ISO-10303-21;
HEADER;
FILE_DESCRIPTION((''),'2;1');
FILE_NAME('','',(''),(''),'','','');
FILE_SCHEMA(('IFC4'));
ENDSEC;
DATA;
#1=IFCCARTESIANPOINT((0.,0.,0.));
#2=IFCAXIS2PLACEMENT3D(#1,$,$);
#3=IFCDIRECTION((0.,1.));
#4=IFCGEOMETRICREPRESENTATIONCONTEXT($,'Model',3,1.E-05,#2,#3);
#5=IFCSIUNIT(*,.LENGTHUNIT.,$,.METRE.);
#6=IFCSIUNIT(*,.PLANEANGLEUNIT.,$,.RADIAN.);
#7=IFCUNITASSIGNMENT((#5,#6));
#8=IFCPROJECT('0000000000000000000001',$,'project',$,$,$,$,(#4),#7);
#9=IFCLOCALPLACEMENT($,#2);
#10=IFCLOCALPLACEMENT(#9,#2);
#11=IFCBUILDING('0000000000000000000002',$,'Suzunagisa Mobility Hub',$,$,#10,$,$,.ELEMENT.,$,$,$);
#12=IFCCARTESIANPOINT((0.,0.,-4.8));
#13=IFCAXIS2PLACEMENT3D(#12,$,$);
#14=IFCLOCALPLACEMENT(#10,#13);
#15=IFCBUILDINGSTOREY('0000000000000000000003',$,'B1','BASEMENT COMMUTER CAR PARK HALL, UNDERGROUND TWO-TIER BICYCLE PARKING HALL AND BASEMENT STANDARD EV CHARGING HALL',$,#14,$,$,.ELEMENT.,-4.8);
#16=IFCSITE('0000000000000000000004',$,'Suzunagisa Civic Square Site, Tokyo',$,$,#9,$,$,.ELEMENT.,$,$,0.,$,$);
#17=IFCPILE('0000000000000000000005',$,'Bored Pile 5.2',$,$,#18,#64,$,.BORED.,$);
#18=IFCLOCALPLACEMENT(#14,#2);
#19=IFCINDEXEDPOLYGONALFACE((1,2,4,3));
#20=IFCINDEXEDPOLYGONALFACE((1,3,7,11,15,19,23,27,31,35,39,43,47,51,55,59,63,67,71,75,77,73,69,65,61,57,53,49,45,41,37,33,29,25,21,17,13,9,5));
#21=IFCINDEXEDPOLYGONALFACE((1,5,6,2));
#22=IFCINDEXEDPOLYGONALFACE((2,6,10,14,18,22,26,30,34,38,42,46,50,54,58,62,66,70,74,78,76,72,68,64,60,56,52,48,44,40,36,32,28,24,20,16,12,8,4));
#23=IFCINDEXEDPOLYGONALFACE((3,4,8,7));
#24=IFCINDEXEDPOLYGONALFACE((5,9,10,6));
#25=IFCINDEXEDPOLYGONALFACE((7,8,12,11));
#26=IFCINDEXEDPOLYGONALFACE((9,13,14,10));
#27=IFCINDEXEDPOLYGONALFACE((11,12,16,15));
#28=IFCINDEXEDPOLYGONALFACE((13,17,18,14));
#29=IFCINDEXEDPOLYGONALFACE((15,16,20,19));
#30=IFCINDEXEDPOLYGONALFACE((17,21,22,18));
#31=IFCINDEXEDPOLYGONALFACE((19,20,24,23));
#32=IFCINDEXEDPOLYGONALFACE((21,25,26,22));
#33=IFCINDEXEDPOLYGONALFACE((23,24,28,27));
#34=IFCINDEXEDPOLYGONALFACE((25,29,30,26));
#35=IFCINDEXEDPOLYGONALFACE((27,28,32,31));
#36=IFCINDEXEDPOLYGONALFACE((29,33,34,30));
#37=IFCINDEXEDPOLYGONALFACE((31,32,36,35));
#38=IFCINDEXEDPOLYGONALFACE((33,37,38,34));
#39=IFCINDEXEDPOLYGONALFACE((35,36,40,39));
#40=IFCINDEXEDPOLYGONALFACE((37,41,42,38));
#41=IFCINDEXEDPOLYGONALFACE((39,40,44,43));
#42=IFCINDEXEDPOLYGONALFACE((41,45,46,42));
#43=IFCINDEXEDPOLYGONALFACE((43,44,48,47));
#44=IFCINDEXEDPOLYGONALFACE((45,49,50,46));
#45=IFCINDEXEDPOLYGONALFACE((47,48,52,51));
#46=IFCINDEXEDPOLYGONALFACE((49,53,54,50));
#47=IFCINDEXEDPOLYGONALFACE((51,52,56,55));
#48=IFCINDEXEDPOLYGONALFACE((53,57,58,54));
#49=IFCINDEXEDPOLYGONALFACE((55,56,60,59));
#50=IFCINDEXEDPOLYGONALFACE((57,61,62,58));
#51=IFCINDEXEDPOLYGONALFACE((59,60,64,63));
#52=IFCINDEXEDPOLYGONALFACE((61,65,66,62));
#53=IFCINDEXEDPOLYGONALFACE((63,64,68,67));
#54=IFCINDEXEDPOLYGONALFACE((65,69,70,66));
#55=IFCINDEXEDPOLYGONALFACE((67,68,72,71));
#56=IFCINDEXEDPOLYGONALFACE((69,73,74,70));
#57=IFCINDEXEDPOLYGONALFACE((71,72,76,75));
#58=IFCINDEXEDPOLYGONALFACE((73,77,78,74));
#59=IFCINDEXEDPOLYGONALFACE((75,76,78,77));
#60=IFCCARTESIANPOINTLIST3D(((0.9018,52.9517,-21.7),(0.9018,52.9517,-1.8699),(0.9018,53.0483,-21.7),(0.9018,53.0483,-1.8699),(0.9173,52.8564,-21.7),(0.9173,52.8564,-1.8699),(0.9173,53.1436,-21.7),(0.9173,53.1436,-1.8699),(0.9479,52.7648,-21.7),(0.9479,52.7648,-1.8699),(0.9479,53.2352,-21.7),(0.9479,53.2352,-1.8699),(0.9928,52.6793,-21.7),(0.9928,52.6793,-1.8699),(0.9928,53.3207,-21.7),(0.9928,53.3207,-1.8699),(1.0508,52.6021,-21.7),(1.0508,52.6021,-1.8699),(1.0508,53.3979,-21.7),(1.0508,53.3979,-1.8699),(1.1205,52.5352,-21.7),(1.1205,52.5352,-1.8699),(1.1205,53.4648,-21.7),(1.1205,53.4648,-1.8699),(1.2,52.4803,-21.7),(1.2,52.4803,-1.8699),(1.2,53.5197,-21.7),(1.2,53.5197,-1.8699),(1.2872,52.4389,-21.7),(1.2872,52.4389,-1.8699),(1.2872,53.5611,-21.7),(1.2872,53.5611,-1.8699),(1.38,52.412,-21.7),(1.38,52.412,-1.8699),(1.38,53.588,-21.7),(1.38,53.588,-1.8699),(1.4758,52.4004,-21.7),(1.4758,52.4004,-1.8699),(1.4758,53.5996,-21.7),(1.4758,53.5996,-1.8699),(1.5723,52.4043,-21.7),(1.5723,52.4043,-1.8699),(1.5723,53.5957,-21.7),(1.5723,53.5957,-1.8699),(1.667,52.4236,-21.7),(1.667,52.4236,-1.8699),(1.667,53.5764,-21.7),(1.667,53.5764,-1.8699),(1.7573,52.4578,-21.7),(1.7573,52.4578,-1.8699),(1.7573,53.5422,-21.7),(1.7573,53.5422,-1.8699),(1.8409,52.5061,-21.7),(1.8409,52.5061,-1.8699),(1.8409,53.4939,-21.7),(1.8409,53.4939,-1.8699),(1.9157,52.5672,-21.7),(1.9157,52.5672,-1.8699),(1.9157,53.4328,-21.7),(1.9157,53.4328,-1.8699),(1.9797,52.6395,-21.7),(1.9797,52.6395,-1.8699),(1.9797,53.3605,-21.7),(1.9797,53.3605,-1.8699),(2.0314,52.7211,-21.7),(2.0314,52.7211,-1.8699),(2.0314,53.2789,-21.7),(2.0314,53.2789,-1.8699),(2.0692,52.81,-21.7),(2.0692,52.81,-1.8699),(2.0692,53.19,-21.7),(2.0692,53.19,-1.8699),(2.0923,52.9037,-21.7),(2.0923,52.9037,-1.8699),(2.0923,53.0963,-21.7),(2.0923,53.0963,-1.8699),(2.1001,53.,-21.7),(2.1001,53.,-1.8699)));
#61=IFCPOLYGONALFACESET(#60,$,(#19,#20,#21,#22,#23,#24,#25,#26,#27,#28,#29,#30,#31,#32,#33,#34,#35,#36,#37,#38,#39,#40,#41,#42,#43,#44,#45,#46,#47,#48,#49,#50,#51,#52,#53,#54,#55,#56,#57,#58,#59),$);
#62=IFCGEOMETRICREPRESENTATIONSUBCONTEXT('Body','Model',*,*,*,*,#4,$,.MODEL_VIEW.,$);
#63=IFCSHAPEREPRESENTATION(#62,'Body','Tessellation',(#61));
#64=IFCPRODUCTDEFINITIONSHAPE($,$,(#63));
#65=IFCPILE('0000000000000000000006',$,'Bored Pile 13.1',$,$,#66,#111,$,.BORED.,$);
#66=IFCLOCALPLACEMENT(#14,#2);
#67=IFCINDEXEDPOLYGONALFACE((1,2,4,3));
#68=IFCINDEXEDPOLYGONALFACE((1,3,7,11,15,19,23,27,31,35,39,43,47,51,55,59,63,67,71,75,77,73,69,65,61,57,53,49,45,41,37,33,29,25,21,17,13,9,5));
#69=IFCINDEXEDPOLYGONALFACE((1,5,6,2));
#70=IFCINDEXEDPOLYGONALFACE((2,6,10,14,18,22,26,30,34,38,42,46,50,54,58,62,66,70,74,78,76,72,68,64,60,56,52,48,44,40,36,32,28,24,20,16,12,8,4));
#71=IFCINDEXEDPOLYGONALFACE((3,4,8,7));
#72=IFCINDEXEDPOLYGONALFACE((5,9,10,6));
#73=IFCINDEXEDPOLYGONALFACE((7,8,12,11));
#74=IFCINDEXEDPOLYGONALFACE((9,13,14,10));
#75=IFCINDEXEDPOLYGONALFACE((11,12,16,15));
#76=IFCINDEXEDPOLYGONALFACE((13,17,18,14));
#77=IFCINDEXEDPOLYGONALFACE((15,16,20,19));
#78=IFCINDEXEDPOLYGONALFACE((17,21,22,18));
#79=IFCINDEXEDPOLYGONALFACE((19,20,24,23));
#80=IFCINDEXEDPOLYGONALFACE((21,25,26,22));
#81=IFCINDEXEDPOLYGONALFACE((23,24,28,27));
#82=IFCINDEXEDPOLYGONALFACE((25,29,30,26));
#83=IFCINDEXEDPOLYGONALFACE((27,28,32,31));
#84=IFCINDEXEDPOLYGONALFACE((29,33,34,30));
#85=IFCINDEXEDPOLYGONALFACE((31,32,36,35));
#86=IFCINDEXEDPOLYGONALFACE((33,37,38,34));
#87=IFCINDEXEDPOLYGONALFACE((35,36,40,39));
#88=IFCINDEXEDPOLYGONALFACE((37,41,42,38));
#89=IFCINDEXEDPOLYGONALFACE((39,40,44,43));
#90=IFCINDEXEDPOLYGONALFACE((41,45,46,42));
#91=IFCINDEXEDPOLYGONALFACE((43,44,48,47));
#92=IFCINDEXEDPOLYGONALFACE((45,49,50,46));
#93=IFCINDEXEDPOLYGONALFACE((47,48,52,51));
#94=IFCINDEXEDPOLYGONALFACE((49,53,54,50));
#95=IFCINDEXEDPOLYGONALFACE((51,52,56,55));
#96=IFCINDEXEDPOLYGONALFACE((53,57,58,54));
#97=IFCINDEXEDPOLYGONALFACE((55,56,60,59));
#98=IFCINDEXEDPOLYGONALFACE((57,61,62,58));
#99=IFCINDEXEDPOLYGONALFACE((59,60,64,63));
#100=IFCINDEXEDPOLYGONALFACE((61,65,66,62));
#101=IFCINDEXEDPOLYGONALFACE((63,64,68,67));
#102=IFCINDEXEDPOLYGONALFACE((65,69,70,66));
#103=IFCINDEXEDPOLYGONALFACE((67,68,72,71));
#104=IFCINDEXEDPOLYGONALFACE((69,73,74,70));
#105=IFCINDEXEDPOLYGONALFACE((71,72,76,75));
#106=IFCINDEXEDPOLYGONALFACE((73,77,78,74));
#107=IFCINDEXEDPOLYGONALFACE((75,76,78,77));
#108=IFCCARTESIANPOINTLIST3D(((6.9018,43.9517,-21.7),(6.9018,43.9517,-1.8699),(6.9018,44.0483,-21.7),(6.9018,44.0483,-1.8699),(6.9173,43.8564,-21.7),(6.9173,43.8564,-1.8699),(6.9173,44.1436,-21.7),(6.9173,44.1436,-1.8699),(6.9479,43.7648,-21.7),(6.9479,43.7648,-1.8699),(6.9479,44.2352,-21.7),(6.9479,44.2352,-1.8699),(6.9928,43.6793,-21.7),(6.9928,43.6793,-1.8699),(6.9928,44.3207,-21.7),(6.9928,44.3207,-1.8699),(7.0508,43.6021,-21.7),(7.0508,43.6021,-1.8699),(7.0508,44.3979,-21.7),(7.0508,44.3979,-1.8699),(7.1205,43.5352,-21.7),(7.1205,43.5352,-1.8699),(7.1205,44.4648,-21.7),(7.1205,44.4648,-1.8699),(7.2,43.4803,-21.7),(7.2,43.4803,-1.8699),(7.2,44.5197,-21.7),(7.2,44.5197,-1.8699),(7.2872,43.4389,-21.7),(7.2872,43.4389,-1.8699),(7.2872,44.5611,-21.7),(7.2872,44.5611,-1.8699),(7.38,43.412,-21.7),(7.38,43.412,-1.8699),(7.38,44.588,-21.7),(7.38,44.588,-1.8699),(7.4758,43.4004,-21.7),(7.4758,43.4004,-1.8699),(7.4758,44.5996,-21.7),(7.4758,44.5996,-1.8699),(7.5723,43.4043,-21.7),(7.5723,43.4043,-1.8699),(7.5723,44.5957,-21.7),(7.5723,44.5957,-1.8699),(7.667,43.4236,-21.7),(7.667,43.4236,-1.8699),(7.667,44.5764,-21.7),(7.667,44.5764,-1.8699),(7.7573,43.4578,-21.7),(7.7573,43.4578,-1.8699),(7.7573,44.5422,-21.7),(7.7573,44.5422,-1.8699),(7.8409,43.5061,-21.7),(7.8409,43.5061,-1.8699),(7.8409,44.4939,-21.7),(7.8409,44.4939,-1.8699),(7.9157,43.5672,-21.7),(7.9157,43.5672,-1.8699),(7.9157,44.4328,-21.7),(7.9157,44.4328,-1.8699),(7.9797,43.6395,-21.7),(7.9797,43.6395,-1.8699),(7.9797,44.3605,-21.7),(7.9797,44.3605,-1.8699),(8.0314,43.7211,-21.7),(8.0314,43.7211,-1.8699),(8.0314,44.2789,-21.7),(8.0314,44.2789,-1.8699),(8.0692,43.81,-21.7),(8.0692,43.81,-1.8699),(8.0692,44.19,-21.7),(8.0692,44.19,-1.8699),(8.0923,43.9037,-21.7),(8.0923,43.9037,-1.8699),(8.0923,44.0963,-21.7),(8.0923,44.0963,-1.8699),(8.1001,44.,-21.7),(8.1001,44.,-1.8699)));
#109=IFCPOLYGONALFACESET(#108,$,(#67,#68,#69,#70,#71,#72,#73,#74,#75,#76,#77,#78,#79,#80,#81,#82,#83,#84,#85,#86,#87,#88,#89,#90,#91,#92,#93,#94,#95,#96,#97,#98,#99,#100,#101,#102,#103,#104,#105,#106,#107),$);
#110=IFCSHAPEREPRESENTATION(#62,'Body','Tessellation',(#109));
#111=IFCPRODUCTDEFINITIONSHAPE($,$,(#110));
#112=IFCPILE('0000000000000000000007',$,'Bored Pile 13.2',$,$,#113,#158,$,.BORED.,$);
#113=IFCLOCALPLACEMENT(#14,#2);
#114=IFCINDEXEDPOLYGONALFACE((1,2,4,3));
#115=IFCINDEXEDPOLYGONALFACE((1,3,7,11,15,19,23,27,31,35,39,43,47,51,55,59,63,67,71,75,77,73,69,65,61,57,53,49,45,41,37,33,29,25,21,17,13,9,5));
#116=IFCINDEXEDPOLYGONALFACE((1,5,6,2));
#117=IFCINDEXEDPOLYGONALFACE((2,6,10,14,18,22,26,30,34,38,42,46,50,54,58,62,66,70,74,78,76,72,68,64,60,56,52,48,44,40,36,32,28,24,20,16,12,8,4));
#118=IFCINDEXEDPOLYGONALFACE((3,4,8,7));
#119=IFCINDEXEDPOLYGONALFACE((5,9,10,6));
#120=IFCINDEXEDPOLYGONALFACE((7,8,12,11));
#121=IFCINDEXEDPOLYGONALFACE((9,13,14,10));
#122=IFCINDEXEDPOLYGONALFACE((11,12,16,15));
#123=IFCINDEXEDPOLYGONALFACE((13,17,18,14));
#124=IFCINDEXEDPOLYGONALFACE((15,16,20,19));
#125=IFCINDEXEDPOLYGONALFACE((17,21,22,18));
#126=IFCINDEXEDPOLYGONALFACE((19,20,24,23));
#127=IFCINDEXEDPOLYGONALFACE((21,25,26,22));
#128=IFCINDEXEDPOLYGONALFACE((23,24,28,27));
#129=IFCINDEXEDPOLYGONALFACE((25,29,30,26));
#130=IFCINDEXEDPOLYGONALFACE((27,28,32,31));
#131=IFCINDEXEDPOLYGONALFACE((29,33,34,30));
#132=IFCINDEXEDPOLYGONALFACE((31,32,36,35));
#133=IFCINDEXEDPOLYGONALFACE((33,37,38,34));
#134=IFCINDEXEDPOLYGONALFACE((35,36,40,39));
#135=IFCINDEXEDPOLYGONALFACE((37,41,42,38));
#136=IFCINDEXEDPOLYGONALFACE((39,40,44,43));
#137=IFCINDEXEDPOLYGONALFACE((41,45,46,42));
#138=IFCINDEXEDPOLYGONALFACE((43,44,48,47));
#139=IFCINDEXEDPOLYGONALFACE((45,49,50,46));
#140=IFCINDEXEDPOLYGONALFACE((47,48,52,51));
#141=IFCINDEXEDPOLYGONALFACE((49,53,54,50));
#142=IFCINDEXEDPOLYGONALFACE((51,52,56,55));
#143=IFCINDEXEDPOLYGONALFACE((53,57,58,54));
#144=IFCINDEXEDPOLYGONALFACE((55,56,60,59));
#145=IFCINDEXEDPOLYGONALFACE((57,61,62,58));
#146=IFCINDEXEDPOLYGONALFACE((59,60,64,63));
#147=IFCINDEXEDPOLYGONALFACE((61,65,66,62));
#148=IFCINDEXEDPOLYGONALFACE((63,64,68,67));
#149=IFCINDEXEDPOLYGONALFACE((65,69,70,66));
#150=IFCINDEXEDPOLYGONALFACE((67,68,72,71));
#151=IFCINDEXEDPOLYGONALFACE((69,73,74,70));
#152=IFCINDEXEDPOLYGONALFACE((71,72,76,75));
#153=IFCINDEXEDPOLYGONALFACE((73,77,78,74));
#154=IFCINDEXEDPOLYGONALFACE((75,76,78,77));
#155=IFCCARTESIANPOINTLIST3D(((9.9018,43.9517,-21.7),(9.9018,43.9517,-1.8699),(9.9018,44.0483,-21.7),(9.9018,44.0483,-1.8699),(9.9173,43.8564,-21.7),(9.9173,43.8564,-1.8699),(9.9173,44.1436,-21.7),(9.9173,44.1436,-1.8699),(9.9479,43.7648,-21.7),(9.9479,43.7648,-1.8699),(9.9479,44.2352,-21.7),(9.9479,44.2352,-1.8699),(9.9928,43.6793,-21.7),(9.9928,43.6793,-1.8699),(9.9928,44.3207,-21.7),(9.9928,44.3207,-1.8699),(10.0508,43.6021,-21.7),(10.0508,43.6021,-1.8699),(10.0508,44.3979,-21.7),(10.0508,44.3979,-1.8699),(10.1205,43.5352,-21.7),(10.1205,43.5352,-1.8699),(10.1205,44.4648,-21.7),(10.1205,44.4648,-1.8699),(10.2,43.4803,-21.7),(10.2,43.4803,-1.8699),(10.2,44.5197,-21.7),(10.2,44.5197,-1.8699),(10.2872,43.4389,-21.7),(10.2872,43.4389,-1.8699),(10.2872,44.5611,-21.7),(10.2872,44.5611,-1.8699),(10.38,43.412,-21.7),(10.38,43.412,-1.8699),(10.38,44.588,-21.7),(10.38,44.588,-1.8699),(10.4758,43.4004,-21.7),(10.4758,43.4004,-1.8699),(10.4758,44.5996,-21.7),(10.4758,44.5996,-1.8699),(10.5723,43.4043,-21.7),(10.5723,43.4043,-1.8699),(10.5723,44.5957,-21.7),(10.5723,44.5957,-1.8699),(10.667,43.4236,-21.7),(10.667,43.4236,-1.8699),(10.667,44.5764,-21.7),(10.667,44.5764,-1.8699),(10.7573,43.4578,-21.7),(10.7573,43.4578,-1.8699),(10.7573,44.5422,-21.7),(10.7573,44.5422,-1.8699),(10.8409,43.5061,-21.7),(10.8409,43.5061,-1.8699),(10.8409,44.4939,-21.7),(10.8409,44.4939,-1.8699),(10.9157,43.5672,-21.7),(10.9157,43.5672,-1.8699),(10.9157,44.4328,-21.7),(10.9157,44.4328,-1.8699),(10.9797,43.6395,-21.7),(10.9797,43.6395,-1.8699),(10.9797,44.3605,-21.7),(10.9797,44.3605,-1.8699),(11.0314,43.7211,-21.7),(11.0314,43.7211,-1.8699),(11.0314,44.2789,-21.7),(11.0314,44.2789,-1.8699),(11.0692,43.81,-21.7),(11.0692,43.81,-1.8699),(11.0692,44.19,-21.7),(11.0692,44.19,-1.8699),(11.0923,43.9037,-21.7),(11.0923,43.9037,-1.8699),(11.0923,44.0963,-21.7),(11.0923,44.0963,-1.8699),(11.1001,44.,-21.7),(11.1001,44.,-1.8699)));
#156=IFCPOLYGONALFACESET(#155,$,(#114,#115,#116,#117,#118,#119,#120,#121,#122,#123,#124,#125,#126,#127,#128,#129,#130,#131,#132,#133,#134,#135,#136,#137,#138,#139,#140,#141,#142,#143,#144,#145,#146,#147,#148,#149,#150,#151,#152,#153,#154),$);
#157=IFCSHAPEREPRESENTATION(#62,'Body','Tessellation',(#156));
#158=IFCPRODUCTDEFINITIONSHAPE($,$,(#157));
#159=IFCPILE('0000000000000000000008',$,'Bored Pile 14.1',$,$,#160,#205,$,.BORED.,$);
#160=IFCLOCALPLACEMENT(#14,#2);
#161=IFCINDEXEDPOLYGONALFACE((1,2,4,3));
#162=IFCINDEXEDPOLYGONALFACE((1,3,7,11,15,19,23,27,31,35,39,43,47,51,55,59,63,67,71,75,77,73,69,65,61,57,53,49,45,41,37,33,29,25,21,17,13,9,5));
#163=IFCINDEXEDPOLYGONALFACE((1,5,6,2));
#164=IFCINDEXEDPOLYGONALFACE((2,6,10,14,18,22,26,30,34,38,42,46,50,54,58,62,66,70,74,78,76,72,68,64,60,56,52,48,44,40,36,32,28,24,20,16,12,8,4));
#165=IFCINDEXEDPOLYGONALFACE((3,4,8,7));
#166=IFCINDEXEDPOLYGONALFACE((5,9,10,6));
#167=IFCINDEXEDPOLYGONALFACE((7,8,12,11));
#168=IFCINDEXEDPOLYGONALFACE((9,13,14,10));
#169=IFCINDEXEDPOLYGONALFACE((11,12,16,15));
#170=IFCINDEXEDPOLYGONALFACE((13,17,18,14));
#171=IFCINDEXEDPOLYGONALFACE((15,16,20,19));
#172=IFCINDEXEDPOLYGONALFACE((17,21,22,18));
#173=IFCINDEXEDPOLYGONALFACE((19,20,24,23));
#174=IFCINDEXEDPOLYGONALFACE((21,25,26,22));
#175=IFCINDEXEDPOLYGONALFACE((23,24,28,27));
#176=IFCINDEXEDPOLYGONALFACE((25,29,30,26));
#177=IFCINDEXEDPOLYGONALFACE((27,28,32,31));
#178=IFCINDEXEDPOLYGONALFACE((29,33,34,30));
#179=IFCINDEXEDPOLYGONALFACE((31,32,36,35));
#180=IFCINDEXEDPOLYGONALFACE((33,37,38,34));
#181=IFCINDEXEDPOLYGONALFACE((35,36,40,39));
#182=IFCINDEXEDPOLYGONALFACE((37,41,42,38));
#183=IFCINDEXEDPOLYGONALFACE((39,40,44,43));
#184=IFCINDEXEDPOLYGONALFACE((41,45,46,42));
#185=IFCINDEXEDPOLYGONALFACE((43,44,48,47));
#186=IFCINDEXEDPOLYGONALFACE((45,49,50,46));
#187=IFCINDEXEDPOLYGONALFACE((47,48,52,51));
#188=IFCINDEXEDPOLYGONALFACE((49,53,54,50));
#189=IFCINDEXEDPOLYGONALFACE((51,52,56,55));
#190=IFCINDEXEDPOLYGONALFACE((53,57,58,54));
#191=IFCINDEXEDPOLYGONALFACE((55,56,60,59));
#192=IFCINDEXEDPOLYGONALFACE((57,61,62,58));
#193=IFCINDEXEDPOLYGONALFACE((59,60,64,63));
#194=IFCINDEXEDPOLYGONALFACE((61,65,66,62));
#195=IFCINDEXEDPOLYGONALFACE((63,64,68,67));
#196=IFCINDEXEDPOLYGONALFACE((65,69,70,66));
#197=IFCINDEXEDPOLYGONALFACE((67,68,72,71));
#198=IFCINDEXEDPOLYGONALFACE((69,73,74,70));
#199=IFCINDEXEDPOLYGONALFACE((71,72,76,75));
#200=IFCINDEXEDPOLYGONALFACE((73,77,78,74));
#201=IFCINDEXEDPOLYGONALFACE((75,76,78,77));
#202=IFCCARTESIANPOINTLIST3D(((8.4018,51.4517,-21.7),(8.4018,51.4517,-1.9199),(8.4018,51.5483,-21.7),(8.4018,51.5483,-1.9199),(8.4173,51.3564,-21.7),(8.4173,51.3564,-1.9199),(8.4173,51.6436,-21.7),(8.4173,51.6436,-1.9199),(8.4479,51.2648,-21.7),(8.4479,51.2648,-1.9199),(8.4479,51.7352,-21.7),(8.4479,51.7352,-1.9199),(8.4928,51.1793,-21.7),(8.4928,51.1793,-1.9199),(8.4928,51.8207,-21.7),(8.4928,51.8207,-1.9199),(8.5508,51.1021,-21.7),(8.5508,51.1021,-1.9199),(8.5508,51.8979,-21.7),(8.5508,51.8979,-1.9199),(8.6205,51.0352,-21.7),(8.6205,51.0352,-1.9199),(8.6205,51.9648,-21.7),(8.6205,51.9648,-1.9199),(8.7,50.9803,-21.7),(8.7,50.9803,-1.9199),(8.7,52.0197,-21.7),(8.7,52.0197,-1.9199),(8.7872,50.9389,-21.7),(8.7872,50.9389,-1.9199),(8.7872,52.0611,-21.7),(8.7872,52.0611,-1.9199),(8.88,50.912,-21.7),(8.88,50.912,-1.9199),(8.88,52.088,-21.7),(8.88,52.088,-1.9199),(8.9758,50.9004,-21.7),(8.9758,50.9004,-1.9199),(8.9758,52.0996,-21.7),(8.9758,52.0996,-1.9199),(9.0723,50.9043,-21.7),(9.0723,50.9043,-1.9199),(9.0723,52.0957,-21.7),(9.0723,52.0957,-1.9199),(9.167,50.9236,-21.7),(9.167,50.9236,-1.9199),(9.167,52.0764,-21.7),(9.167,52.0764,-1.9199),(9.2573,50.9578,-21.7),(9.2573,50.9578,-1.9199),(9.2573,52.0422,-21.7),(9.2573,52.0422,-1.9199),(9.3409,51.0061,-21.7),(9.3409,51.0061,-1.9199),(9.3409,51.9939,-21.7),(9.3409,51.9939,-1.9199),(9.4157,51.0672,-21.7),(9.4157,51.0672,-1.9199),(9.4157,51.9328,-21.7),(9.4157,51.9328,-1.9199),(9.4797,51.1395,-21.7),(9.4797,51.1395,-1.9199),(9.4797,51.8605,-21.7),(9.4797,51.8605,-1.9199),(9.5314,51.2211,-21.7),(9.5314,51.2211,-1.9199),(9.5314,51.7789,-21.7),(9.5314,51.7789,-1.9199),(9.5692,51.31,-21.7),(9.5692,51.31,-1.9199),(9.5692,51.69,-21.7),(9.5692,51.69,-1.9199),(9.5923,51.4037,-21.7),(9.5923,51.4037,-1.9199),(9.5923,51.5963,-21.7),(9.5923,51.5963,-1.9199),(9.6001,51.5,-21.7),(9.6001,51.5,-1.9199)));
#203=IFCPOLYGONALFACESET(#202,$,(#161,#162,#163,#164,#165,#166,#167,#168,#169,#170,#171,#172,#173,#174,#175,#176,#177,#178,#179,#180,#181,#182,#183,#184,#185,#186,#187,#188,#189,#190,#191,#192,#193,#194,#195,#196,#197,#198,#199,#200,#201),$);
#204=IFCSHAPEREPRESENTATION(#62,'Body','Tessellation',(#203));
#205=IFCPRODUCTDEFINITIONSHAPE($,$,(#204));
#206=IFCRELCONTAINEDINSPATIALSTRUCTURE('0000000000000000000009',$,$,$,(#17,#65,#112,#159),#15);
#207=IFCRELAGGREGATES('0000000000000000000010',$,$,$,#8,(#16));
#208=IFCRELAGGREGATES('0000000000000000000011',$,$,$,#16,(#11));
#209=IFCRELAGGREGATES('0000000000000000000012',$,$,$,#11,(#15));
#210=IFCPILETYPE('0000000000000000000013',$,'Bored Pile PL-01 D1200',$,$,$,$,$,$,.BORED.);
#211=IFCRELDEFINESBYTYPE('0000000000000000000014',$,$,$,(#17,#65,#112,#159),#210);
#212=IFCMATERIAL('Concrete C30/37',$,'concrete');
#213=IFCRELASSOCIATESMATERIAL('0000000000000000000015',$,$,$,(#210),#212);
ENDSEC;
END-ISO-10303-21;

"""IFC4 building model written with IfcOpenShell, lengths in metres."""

from ifc_helpers import new_model, si_unit, direction, frame, origin, origin_2d, place, context, subcontext, project, spatial, circle, extrude, material, material_profile, profile_set, type_object, element, save


model = new_model("IFC4")

# Units and contexts
model_context = context("Model", 3, precision=1e-05, world=origin(), true_north=direction((0.0, 1.0)))
body_context = subcontext(model_context, "Body", "Model", "MODEL_VIEW")
ifc_project = project(units=[si_unit("LENGTHUNIT", "METRE"), si_unit("PLANEANGLEUNIT", "RADIAN")], contexts=[model_context])

# Site, building, storey
site_placement = place(None, origin())
site = spatial("IfcSite", under=ifc_project, at=site_placement, Name="Suzunagisa Civic Square Site, Tokyo", CompositionType="ELEMENT", RefElevation=0.0)
building_placement = place(site_placement, origin())
building = spatial("IfcBuilding", under=site, at=building_placement, Name="Suzunagisa Mobility Hub", CompositionType="ELEMENT")
storey_placement = place(building_placement, frame((0.0, 0.0, -4.8)))
storey = spatial("IfcBuildingStorey", under=building, at=storey_placement, Name="B1", Description="BASEMENT COMMUTER CAR PARK HALL, UNDERGROUND TWO-TIER BICYCLE PARKING HALL AND BASEMENT STANDARD EV CHARGING HALL", CompositionType="ELEMENT", Elevation=-4.8)

# Piles
ifc_material_1 = material(Name="Concrete C30/37", Category="concrete")
ifc_material_profile_1 = material_profile(ifc_material_1, circle(Radius=0.6001, at=origin_2d()), Name="BORED PILE D1200")
ifc_profile_set_1 = profile_set([ifc_material_profile_1], Name="Concrete C30/37")
pile_type = type_object("IfcPileType", Name="Bored Pile PL-01 D1200", PredefinedType="BORED", material=ifc_profile_set_1)
for number, where, z_axis, x_axis, name in (
    (1, (1.5, 53.0, -1.8699), (0.0, 0.0, -1.0), (1.0, 0.0, 0.0), "Bored Pile 5.2"),
    (2, (7.5, 44.0, -1.8699), (0.0, 0.0, -1.0), (1.0, 0.0, 0.0), "Bored Pile 13.1"),
    (3, (10.5, 44.0, -1.8699), (0.0, 0.0, -1.0), (1.0, 0.0, 0.0), "Bored Pile 13.2"),
):
    element("IfcPile", number, at=place(storey_placement, frame(where, z_axis=z_axis, x_axis=x_axis)), inside=storey, type_object=pile_type, Name=name, PredefinedType="BORED", context=body_context, shape_type="SweptSolid", body=[
        extrude(circle(Radius=0.6001, at=origin_2d()), origin(), (0.0, 0.0, 1.0), 19.8301),
    ])
for number, where, z_axis, x_axis, name in (
    (4, (9.0, 51.5, -1.9199), (0.0, 0.0, -1.0), (1.0, 0.0, 0.0), "Bored Pile 14.1"),
):
    element("IfcPile", number, at=place(storey_placement, frame(where, z_axis=z_axis, x_axis=x_axis)), inside=storey, type_object=pile_type, Name=name, PredefinedType="BORED", context=body_context, shape_type="SweptSolid", body=[
        extrude(circle(Radius=0.6001, at=origin_2d()), origin(), (0.0, 0.0, 1.0), 19.78),
    ])

save(model, "model.ifc")
